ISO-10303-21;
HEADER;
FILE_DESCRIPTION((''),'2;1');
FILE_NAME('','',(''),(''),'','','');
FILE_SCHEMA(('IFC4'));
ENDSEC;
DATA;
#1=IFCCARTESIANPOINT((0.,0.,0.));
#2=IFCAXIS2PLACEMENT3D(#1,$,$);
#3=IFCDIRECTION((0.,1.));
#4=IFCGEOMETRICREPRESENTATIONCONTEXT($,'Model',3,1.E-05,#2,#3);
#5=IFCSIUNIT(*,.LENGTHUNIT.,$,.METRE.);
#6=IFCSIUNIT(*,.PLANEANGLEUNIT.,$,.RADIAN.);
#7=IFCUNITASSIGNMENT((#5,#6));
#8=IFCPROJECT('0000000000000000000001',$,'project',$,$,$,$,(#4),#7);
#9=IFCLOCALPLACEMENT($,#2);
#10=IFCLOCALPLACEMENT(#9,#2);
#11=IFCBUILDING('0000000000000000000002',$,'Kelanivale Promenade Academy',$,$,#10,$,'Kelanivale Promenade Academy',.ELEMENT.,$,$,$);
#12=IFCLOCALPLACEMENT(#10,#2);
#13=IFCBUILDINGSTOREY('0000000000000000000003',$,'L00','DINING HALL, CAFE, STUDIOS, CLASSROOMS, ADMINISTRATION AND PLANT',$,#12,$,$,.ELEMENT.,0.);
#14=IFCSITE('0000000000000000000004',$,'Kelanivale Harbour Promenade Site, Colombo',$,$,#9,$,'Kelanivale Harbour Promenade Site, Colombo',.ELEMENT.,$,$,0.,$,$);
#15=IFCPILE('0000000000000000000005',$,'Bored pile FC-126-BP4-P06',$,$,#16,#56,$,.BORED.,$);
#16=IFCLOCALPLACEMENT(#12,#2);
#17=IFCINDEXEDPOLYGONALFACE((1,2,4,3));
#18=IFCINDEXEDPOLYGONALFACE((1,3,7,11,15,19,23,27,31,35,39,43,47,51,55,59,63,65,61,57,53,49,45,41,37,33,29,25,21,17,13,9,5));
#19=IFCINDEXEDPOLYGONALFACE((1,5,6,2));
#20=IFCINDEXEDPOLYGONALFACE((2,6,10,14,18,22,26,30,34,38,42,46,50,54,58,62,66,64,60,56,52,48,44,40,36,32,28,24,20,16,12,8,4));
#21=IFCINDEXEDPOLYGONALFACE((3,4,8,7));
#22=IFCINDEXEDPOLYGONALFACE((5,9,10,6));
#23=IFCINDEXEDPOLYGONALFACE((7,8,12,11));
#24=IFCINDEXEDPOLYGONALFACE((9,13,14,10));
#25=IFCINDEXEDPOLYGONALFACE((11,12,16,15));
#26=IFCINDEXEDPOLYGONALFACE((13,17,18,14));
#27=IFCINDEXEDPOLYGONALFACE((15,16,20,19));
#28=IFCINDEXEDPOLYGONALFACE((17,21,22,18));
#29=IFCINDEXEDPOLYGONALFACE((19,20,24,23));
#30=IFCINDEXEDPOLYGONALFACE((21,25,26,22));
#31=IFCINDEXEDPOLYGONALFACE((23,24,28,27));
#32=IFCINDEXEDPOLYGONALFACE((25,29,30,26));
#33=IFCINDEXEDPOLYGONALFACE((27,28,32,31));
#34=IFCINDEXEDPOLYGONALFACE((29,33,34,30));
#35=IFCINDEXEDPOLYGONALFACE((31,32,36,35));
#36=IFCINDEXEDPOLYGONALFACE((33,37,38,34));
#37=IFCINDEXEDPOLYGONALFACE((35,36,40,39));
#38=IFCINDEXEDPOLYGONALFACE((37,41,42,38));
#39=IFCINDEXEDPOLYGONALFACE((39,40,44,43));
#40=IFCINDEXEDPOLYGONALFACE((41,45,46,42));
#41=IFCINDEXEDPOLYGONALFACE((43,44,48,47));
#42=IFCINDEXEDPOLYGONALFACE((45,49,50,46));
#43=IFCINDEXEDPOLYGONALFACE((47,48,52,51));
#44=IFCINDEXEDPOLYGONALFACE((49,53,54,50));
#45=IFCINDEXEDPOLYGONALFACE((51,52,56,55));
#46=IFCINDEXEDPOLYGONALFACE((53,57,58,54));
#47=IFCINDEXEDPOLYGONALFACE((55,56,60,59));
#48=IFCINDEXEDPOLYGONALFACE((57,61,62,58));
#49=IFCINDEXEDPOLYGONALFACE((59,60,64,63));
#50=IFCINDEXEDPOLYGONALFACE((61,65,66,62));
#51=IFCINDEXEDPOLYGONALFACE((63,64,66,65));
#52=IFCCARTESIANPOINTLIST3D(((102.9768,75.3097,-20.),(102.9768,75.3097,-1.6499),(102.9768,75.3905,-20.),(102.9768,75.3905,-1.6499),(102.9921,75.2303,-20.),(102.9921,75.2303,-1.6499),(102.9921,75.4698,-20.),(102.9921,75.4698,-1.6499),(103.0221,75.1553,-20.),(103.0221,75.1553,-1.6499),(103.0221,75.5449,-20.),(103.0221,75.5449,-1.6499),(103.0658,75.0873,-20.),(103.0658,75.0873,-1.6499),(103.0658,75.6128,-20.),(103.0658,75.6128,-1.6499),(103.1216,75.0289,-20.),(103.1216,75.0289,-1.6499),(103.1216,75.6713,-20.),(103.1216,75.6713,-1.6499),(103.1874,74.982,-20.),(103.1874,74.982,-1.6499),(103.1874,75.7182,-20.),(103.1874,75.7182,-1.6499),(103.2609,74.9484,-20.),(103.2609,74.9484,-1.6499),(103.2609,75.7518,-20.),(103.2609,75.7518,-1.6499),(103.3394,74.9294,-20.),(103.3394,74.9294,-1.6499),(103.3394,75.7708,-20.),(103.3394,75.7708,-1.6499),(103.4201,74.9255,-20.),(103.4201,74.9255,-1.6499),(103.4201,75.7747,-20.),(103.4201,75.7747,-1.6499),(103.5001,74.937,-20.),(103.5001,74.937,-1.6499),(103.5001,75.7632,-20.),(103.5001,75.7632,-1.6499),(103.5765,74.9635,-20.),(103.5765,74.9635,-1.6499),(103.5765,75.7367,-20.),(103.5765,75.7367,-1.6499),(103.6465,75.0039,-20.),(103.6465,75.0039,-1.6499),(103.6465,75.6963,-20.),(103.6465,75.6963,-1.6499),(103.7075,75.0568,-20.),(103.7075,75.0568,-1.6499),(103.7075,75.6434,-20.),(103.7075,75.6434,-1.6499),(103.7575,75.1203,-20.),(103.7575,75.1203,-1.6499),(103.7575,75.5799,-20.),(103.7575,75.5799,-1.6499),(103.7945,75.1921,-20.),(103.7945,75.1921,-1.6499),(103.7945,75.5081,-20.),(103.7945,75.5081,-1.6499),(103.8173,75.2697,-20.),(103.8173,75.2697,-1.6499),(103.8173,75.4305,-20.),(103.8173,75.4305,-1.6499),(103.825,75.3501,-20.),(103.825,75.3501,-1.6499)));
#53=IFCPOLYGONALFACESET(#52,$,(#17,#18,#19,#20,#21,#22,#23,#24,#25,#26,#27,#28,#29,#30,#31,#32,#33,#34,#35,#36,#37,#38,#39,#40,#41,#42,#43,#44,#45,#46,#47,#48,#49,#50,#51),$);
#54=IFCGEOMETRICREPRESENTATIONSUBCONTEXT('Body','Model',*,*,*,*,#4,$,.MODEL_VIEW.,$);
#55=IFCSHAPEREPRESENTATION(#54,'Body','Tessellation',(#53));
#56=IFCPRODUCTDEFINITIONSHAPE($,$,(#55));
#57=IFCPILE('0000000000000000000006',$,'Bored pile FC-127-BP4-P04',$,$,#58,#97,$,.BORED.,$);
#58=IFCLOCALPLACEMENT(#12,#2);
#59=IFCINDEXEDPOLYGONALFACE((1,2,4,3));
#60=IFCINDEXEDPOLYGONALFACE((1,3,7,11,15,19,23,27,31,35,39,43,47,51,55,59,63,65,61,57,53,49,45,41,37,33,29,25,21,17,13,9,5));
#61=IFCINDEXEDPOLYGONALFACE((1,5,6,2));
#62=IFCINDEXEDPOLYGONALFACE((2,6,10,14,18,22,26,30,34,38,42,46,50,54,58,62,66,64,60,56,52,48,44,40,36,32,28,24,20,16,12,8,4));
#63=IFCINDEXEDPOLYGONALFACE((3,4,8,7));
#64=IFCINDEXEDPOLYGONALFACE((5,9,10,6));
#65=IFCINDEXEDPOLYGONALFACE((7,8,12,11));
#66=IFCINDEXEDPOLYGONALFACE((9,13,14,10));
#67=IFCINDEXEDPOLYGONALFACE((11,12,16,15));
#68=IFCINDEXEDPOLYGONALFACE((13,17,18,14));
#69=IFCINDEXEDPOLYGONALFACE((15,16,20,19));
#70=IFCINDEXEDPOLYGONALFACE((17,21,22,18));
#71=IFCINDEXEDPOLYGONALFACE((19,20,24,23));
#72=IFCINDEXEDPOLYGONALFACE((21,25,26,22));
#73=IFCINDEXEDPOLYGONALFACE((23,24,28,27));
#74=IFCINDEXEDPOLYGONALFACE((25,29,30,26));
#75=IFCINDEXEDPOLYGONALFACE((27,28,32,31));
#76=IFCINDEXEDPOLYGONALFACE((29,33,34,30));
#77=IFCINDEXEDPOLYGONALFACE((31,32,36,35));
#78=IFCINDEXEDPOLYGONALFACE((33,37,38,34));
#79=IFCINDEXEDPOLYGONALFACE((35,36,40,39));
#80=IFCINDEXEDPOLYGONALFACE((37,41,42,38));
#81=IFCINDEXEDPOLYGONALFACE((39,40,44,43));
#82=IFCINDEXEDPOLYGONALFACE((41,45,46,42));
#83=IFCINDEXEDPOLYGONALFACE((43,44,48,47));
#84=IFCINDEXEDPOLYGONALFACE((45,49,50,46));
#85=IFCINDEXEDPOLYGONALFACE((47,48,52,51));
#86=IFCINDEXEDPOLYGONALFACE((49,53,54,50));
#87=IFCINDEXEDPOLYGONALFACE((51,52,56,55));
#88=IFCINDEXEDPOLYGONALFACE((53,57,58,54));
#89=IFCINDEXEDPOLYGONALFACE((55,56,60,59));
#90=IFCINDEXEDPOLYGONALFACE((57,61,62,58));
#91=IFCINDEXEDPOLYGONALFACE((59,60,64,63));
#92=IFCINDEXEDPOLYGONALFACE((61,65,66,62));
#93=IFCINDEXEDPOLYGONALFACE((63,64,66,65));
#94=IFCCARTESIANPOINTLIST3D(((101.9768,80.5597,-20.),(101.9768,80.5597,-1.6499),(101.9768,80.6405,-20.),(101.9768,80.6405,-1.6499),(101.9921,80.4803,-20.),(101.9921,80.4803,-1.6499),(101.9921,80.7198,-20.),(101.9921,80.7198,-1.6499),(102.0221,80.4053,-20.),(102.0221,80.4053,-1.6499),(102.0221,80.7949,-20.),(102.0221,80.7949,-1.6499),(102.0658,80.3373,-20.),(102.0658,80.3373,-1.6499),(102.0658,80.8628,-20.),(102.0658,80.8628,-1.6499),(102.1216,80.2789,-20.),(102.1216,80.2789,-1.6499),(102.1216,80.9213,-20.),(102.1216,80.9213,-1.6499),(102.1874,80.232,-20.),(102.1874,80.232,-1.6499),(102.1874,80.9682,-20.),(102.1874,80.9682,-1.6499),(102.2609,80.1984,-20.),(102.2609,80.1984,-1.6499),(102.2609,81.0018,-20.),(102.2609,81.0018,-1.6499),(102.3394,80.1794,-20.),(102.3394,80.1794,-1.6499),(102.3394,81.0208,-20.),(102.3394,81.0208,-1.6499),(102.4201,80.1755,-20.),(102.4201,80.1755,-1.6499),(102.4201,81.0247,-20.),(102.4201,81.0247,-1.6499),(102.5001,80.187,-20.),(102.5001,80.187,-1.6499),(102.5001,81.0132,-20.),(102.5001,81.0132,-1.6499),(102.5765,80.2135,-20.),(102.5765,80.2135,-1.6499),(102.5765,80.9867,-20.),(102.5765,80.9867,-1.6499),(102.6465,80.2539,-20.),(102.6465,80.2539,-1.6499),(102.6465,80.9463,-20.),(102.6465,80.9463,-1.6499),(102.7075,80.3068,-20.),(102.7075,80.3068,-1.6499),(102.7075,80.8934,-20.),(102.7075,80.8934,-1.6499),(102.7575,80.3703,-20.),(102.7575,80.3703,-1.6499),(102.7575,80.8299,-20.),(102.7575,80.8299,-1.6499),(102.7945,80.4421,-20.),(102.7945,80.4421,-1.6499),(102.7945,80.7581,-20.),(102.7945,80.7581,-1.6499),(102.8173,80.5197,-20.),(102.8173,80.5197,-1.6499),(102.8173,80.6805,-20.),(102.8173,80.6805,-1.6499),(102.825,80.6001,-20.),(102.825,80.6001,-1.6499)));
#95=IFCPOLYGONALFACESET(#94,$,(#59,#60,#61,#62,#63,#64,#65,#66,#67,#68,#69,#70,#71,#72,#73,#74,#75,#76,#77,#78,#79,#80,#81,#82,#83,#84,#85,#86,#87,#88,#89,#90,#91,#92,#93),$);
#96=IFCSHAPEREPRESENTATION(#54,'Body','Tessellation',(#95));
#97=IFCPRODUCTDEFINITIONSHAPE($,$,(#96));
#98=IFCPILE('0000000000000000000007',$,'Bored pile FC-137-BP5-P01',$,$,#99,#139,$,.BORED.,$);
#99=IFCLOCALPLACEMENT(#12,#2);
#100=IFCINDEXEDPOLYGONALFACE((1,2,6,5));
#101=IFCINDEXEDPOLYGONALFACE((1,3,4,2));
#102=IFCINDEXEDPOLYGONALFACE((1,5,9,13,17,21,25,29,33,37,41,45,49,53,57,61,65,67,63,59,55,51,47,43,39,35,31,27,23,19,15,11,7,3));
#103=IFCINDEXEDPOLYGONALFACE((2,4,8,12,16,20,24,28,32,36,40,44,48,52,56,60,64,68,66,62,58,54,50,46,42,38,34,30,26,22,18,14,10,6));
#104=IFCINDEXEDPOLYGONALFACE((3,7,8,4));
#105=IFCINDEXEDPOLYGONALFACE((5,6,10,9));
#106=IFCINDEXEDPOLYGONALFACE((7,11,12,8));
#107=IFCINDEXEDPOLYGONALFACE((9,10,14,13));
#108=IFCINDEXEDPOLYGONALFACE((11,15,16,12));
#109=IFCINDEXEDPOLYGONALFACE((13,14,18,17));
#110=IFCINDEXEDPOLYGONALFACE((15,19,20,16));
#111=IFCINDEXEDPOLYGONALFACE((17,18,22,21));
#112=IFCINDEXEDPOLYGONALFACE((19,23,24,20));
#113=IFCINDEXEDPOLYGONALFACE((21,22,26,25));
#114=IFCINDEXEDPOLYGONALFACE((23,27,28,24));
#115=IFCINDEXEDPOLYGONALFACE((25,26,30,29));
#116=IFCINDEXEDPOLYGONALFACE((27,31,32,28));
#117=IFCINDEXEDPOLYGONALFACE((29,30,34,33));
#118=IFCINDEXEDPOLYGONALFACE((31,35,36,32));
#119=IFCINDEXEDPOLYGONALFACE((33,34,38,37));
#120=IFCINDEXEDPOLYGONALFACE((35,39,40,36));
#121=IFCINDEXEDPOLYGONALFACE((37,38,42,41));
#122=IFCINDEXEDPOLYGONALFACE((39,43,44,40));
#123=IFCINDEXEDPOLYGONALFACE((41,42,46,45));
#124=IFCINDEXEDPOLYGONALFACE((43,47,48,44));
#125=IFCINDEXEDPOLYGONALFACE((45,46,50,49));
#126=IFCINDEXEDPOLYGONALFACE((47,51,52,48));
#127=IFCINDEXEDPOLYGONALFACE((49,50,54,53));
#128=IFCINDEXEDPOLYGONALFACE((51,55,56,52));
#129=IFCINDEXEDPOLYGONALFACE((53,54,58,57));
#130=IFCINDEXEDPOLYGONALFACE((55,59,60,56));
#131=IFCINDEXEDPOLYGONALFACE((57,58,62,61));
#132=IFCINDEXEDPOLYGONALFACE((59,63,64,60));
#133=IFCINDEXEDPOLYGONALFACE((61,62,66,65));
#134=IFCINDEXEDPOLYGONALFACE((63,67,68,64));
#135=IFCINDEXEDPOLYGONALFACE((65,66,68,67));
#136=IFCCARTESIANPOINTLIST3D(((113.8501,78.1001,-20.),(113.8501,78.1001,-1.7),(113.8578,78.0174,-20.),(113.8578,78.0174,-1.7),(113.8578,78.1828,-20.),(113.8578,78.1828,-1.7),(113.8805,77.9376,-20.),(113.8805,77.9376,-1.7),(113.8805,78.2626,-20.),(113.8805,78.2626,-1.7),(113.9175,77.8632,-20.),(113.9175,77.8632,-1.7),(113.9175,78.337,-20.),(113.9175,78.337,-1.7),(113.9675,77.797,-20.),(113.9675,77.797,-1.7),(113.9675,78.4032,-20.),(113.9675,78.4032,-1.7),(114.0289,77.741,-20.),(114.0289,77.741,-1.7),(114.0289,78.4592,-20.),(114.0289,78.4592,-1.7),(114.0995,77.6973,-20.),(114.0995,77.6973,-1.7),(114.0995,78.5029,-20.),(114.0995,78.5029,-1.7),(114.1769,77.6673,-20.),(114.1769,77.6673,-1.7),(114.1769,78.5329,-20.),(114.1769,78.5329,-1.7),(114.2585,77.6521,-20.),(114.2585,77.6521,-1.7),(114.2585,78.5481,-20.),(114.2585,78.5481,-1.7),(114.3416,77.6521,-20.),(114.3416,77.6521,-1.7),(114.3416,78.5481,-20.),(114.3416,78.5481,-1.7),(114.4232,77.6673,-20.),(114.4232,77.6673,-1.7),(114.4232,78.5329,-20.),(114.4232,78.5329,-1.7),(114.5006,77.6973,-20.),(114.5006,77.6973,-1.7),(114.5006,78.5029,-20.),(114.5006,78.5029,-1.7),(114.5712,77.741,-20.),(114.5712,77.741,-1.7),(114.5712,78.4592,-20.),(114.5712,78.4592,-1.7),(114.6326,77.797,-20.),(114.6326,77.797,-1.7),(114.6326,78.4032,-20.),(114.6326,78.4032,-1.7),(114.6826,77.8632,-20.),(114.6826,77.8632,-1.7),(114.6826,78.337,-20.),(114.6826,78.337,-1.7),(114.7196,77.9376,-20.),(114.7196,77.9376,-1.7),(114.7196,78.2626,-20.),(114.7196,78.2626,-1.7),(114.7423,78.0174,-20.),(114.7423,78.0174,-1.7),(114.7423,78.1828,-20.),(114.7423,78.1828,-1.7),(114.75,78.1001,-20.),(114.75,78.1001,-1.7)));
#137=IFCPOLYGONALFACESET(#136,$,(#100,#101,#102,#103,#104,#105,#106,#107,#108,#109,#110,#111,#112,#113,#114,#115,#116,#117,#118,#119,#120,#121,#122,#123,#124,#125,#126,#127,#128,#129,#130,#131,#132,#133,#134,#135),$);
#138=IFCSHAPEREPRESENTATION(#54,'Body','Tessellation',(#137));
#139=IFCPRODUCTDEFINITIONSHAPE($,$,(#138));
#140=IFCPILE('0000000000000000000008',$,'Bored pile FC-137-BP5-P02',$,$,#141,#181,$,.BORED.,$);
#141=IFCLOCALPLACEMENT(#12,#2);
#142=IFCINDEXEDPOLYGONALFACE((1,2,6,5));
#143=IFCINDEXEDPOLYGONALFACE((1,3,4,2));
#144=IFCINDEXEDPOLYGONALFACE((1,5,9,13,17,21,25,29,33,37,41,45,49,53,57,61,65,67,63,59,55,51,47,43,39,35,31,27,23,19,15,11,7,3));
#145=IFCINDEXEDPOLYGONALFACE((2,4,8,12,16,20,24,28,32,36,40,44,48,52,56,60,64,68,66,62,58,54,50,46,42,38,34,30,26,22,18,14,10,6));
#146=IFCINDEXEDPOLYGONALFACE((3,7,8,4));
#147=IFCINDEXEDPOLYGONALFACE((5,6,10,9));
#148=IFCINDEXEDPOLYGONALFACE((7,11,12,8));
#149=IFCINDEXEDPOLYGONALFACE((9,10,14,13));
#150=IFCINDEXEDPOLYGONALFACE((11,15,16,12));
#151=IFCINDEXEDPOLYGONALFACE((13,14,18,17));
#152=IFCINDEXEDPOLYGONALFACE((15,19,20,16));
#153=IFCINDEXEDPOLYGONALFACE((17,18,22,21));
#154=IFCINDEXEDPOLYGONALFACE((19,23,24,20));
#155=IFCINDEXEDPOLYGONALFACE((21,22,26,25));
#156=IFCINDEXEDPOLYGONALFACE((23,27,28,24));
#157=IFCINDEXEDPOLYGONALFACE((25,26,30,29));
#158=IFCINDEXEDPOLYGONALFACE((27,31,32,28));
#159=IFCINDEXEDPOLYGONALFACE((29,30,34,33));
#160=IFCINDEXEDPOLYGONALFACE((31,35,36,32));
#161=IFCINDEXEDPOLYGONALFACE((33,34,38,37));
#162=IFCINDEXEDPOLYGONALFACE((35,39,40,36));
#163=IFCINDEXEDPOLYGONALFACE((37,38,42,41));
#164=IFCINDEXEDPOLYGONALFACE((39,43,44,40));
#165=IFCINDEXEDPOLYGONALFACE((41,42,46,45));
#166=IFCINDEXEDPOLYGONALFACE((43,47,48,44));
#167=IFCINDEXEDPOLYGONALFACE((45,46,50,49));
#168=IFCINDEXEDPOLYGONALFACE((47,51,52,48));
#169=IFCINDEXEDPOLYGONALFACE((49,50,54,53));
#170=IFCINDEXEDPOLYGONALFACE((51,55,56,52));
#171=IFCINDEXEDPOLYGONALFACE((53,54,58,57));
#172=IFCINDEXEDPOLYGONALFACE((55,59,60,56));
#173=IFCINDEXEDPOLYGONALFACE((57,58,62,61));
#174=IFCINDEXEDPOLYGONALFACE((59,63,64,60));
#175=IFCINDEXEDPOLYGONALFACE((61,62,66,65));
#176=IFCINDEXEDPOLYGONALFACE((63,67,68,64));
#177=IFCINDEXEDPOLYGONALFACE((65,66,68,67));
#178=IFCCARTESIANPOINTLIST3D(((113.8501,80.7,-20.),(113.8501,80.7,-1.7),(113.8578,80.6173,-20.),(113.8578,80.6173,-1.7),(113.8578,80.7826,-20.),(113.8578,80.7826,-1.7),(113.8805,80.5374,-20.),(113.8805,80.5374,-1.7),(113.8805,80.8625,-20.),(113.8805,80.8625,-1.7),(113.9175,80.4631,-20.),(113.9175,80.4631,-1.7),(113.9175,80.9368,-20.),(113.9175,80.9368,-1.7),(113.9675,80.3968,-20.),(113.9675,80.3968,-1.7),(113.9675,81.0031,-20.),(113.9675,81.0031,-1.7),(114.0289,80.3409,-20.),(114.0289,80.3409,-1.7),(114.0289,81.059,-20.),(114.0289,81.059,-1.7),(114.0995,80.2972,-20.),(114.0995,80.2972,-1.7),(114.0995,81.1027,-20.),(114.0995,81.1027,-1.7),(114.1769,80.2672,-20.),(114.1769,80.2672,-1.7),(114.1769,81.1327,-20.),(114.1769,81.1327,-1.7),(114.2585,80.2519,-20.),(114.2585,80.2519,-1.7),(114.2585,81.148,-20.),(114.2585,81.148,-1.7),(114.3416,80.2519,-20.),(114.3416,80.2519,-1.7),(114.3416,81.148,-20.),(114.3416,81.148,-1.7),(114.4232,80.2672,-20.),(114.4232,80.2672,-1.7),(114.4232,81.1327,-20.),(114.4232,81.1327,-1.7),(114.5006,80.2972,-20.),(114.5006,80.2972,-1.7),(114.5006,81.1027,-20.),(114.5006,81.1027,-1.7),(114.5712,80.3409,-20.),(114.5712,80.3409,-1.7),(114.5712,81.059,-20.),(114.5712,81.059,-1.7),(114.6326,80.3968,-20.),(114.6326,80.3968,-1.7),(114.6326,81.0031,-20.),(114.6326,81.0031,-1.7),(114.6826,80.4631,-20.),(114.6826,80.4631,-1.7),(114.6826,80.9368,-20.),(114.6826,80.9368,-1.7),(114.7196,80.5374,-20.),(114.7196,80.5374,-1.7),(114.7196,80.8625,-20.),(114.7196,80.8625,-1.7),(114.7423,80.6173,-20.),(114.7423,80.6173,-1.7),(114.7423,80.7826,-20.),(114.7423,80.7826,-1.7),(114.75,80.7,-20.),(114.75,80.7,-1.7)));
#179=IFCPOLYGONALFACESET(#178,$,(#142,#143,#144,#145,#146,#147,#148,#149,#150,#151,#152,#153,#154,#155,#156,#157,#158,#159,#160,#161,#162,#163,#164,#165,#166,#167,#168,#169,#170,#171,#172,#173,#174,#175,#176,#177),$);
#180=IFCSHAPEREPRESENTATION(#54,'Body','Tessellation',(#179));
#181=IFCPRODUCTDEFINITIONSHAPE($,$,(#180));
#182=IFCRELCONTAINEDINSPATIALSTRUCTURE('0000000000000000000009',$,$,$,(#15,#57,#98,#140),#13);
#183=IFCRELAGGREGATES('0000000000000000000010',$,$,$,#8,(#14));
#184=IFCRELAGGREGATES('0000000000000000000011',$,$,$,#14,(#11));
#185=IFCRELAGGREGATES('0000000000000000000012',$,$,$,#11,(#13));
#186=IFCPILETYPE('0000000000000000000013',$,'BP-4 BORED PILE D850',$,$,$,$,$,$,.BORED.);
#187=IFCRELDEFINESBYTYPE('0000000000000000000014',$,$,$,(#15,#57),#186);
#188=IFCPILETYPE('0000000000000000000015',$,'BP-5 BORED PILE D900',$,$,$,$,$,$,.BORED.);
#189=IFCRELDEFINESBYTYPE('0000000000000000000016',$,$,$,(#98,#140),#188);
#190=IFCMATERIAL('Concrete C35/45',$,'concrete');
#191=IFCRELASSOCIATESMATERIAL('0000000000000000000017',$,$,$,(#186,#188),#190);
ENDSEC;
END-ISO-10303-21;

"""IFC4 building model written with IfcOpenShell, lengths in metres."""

from ifc_helpers import new_model, si_unit, direction, frame, origin, origin_2d, place, context, subcontext, project, spatial, circle, extrude, material, material_profile, profile_set, type_object, element, save


model = new_model("IFC4")

# Units and contexts
model_context = context("Model", 3, precision=1e-05, world=origin(), true_north=direction((0.0, 1.0)))
body_context = subcontext(model_context, "Body", "Model", "MODEL_VIEW")
ifc_project = project(units=[si_unit("LENGTHUNIT", "METRE"), si_unit("PLANEANGLEUNIT", "RADIAN")], contexts=[model_context])

# Site, building, storey
site_placement = place(None, origin())
site = spatial("IfcSite", under=ifc_project, at=site_placement, Name="Kelanivale Harbour Promenade Site, Colombo", LongName="Kelanivale Harbour Promenade Site, Colombo", CompositionType="ELEMENT", RefElevation=0.0)
building_placement = place(site_placement, origin())
building = spatial("IfcBuilding", under=site, at=building_placement, Name="Kelanivale Promenade Academy", LongName="Kelanivale Promenade Academy", CompositionType="ELEMENT")
storey_placement = place(building_placement, origin())
storey = spatial("IfcBuildingStorey", under=building, at=storey_placement, Name="L00", Description="DINING HALL, CAFE, STUDIOS, CLASSROOMS, ADMINISTRATION AND PLANT", CompositionType="ELEMENT", Elevation=0.0)

# Piles
ifc_material_1 = material(Name="Concrete C35/45", Category="concrete")
ifc_material_profile_1 = material_profile(ifc_material_1, circle(Radius=0.425, at=origin_2d()), Name="BORED PILE D850")
ifc_profile_set_1 = profile_set([ifc_material_profile_1], Name="Concrete C35/45")
pile_type_1 = type_object("IfcPileType", Name="BP-4 BORED PILE D850", PredefinedType="BORED", material=ifc_profile_set_1)
for number, where, z_axis, x_axis, name in (
    (1, (103.3999, 75.3501, -1.6499), (0.0, 0.0, -1.0), (1.0, 0.0, 0.0), "Bored pile FC-126-BP4-P06"),
    (2, (102.3999, 80.6001, -1.6499), (0.0, 0.0, -1.0), (1.0, 0.0, 0.0), "Bored pile FC-127-BP4-P04"),
):
    element("IfcPile", number, at=place(storey_placement, frame(where, z_axis=z_axis, x_axis=x_axis)), inside=storey, type_object=pile_type_1, Name=name, PredefinedType="BORED", context=body_context, shape_type="SweptSolid", body=[
        extrude(circle(Radius=0.425, at=origin_2d()), origin(), (0.0, 0.0, 1.0), 18.3501),
    ])
ifc_material_profile_2 = material_profile(ifc_material_1, circle(Radius=0.45, at=origin_2d()), Name="BORED PILE D900")
ifc_profile_set_2 = profile_set([ifc_material_profile_2], Name="Concrete C35/45")
pile_type_2 = type_object("IfcPileType", Name="BP-5 BORED PILE D900", PredefinedType="BORED", material=ifc_profile_set_2)
for number, where, z_axis, x_axis, name in (
    (3, (114.3, 78.1001, -1.7), (0.0, 0.0, -1.0), (1.0, 0.0, 0.0), "Bored pile FC-137-BP5-P01"),
    (4, (114.3, 80.7, -1.7), (0.0, 0.0, -1.0), (1.0, 0.0, 0.0), "Bored pile FC-137-BP5-P02"),
):
    element("IfcPile", number, at=place(storey_placement, frame(where, z_axis=z_axis, x_axis=x_axis)), inside=storey, type_object=pile_type_2, Name=name, PredefinedType="BORED", context=body_context, shape_type="SweptSolid", body=[
        extrude(circle(Radius=0.45, at=origin_2d()), origin(), (0.0, 0.0, 1.0), 18.3),
    ])

save(model, "model.ifc")
